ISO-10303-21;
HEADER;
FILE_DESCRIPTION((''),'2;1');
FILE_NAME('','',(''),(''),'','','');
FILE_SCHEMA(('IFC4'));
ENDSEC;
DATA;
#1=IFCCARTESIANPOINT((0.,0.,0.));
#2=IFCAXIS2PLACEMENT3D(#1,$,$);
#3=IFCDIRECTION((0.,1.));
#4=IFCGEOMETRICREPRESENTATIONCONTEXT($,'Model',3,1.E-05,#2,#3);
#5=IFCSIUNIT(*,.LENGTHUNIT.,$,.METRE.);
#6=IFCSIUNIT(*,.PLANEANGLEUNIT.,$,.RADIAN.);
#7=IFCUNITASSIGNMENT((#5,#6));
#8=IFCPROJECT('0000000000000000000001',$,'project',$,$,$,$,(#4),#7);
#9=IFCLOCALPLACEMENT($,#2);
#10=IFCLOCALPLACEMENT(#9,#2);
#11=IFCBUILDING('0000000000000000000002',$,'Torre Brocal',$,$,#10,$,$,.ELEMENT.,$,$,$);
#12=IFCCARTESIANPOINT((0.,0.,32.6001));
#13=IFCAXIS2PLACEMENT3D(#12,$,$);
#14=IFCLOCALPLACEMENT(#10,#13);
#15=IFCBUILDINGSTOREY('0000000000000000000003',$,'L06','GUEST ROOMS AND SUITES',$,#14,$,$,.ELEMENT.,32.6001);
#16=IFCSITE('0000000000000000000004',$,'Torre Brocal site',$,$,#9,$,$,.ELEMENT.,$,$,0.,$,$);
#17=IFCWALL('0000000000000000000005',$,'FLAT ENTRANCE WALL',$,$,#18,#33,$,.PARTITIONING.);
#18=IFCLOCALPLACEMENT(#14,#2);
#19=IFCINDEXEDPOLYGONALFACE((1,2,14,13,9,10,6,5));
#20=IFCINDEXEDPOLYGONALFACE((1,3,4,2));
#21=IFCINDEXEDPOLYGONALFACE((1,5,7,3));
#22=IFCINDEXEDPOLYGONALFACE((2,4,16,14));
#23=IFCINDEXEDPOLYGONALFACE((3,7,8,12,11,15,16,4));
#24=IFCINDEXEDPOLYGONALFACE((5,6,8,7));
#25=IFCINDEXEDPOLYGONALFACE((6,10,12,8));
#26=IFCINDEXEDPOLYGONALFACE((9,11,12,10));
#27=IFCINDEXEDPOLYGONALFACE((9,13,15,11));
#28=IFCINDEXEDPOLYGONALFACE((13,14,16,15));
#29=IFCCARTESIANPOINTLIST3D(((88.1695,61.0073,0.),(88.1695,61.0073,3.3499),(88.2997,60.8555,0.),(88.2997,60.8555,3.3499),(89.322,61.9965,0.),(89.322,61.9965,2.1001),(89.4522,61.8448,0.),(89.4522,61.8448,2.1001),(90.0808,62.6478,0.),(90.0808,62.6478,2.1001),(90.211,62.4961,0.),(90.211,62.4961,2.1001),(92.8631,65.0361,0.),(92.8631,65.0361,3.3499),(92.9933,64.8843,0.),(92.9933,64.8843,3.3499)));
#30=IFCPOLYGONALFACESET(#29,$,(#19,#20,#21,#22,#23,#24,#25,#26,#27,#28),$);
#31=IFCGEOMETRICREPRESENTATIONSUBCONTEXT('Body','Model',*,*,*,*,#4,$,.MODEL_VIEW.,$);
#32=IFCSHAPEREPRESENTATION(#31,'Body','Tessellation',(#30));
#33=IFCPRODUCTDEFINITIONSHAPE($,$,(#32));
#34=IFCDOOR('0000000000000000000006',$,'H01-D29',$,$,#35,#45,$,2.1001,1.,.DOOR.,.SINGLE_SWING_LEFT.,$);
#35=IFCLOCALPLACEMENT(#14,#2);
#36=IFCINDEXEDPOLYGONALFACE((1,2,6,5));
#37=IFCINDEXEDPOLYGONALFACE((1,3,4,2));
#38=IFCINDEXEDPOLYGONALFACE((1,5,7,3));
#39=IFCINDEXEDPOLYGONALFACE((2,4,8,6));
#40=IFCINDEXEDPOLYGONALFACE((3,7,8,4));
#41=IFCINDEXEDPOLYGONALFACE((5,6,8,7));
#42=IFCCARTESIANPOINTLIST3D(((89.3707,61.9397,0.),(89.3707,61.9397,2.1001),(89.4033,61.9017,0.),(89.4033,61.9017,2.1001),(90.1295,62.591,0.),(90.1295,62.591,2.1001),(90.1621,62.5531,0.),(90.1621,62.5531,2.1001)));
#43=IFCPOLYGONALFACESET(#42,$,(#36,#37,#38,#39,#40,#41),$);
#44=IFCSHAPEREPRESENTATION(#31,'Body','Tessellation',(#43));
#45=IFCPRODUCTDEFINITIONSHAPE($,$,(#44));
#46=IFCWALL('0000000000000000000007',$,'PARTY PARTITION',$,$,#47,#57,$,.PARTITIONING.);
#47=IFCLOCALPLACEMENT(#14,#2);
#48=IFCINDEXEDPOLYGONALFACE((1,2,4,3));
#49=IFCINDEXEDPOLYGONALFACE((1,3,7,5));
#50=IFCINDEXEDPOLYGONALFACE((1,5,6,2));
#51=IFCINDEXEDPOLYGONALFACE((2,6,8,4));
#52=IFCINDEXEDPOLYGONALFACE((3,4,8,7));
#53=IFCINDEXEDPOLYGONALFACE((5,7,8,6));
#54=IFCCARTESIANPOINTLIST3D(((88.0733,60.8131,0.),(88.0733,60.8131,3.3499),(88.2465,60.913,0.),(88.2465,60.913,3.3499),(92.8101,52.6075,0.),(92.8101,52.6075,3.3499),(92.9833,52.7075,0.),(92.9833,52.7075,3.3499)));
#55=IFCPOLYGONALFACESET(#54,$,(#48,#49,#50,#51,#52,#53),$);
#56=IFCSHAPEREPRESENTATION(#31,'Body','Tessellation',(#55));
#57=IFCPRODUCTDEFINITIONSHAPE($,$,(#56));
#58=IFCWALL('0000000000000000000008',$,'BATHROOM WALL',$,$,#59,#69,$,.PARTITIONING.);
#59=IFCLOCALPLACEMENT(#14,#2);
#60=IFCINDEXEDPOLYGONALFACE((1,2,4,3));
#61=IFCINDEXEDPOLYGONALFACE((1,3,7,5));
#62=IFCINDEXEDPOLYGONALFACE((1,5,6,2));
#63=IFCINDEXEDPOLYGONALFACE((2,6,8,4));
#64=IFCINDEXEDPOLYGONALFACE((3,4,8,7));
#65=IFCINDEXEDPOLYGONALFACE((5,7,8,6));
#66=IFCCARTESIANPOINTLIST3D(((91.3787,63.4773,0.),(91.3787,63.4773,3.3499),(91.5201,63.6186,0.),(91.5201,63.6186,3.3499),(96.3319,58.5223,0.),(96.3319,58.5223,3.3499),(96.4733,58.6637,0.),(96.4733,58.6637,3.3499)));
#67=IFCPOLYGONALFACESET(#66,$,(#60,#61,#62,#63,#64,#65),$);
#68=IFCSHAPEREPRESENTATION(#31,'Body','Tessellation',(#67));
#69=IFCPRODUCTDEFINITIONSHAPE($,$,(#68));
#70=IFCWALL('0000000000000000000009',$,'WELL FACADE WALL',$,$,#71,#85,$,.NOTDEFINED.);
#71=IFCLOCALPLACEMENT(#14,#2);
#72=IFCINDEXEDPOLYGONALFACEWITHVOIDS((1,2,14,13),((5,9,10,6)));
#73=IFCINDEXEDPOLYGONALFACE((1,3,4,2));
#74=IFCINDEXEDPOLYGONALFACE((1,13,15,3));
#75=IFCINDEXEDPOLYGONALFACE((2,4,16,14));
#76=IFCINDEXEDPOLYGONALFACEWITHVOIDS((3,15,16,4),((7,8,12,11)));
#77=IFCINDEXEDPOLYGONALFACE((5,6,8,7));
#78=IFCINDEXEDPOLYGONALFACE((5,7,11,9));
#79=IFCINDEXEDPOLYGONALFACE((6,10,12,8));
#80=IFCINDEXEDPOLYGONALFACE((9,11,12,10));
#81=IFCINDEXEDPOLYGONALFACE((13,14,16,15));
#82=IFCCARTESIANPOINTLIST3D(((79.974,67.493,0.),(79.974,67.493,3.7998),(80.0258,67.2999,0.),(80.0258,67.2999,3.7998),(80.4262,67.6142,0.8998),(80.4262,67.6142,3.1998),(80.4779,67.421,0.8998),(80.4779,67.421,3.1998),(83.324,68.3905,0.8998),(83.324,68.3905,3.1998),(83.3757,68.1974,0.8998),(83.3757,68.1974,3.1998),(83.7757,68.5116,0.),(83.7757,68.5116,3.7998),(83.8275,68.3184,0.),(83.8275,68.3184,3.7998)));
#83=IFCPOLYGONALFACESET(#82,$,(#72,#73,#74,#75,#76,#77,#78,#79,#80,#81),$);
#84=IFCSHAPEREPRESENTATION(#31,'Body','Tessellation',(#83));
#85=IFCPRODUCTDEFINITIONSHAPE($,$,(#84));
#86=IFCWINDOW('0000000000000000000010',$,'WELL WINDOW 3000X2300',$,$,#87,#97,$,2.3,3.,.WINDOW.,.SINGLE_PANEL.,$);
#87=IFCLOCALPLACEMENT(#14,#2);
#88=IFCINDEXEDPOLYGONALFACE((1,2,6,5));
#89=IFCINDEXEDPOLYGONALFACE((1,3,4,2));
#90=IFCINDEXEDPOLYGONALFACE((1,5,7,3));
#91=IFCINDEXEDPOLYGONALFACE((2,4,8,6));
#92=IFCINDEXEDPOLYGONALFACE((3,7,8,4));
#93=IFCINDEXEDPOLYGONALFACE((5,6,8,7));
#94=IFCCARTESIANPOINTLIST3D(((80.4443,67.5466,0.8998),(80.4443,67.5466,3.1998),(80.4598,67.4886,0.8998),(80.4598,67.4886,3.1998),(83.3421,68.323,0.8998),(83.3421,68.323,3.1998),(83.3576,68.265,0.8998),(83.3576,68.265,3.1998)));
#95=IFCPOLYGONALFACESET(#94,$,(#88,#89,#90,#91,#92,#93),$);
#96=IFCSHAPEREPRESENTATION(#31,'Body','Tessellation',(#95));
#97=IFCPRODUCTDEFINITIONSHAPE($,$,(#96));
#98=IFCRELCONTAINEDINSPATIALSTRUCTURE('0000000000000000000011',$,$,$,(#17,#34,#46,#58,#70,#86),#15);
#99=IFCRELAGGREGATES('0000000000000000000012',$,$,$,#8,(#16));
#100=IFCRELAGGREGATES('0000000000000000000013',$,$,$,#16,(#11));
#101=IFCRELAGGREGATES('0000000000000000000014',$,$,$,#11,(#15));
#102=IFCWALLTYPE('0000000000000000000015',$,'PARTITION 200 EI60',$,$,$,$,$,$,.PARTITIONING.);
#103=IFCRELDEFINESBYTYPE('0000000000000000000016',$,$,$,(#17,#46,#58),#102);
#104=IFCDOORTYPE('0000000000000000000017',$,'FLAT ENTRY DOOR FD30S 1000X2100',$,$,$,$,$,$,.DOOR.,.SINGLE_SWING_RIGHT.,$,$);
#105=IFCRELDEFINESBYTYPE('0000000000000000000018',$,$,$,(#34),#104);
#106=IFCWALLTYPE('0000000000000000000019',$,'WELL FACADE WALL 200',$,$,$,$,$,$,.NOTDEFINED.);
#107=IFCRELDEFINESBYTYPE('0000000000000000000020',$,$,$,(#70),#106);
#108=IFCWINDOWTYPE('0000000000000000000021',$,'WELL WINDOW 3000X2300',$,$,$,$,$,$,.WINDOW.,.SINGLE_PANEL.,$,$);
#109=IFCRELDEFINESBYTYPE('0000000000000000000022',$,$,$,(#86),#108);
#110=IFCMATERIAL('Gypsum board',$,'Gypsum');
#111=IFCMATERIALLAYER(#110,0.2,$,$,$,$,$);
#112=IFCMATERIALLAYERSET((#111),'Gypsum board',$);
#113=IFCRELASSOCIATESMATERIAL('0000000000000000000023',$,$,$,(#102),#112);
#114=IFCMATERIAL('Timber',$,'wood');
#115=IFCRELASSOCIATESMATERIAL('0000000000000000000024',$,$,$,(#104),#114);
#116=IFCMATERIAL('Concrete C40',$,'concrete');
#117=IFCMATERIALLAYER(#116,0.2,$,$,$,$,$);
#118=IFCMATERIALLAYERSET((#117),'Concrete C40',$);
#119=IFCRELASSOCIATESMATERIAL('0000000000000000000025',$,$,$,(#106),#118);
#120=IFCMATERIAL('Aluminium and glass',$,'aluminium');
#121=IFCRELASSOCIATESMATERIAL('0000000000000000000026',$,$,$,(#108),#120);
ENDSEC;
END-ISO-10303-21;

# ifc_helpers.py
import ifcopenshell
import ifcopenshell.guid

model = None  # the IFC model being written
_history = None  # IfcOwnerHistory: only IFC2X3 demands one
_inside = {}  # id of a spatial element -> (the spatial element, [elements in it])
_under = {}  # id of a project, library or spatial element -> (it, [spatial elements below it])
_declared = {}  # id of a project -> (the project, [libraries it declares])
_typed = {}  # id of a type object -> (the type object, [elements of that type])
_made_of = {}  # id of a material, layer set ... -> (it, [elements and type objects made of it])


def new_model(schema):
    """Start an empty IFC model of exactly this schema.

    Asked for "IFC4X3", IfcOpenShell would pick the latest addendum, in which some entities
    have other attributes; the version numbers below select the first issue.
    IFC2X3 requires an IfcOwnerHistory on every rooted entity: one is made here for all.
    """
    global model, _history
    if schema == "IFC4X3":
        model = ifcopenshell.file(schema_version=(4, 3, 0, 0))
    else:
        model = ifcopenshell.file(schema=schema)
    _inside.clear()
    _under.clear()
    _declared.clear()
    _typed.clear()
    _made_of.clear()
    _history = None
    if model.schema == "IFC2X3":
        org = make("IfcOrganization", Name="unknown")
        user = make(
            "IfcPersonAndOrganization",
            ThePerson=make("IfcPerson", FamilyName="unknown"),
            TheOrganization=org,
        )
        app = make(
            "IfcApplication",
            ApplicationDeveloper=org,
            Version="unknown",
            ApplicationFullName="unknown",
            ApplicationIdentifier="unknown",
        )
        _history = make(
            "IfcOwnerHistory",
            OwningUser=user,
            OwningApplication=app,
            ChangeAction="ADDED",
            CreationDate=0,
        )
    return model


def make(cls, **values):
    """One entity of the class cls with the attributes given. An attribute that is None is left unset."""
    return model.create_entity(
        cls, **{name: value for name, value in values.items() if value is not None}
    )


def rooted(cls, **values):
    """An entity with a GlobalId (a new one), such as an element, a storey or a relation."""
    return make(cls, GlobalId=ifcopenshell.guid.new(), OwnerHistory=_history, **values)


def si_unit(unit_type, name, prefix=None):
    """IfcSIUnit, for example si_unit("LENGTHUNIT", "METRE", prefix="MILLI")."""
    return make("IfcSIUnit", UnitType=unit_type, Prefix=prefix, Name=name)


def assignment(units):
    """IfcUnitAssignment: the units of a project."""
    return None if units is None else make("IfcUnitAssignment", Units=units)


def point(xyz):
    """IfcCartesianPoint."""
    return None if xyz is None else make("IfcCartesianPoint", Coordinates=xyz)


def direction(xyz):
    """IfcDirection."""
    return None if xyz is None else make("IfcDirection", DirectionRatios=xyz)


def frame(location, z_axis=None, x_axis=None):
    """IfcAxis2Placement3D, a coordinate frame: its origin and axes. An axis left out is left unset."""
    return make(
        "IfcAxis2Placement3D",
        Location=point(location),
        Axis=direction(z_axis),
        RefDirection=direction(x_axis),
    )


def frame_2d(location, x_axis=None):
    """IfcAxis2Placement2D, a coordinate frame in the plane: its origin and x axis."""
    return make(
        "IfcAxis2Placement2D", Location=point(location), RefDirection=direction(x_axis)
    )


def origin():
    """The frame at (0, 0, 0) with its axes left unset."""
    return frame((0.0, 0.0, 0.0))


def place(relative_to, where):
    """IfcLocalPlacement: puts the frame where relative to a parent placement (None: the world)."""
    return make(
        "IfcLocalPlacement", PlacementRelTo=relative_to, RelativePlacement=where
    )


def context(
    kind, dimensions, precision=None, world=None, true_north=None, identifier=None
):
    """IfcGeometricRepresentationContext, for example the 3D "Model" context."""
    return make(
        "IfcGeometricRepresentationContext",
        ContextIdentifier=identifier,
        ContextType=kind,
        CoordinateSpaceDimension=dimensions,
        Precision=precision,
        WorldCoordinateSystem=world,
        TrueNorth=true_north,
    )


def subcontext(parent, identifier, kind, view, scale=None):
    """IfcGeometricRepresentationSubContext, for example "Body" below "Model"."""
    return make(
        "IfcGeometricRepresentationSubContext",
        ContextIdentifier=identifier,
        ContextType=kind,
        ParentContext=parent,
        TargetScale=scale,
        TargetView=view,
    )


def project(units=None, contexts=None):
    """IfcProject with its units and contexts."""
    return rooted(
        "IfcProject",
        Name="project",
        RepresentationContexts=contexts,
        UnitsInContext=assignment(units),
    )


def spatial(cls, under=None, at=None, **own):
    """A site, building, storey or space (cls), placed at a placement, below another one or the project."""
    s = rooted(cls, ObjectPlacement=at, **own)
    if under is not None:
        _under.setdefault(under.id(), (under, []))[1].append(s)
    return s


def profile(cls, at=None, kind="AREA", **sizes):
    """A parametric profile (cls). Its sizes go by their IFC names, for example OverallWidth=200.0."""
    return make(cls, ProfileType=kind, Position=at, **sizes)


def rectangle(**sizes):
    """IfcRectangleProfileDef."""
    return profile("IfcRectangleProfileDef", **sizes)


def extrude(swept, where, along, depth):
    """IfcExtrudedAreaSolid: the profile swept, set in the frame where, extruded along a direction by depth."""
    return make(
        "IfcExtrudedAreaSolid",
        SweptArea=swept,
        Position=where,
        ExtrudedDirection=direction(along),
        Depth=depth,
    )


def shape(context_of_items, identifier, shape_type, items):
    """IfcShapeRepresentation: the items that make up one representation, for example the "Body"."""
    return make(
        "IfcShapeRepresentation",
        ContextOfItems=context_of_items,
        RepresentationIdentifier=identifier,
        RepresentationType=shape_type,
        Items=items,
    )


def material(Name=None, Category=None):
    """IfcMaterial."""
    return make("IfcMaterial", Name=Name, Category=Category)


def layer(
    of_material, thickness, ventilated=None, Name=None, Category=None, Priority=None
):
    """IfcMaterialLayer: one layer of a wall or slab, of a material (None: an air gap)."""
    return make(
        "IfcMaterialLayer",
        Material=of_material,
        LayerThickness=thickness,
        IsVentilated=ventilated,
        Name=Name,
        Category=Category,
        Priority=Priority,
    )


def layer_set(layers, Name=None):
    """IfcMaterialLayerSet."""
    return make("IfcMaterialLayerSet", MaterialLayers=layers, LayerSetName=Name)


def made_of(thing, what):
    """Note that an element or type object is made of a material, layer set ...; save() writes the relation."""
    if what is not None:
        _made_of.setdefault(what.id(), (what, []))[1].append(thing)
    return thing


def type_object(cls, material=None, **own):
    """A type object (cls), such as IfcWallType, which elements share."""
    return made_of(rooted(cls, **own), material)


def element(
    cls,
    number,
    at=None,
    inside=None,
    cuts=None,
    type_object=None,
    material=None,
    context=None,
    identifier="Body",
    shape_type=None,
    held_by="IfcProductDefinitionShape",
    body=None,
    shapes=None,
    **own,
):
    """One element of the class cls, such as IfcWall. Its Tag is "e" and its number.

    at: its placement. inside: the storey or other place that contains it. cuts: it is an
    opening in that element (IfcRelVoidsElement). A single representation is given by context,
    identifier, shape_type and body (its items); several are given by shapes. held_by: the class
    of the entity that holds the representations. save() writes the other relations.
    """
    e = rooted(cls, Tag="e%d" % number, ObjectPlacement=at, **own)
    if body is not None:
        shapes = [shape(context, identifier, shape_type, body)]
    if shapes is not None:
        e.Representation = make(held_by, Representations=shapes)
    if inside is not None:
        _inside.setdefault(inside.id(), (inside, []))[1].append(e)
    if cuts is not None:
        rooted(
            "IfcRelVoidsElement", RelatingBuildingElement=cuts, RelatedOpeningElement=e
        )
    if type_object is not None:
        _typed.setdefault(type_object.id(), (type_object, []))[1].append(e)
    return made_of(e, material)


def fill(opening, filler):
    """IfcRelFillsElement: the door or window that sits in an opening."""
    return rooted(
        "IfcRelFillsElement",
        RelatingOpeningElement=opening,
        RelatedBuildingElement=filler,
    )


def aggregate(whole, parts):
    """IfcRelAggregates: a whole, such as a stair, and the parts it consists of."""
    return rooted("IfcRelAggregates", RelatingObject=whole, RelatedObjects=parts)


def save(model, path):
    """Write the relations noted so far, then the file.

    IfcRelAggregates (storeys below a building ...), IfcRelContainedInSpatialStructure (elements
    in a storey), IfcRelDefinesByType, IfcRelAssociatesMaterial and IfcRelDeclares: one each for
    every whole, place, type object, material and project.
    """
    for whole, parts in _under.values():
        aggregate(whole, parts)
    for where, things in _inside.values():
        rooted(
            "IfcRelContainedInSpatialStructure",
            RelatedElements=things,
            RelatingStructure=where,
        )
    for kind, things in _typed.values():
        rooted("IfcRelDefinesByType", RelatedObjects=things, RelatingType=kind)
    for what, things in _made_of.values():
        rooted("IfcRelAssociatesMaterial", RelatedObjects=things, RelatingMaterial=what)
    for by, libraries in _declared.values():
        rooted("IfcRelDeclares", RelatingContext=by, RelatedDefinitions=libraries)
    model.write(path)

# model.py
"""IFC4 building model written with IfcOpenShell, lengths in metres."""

from ifc_helpers import new_model, si_unit, direction, frame, frame_2d, origin, place, context, subcontext, project, spatial, rectangle, extrude, material, layer, layer_set, type_object, element, fill, save


model = new_model("IFC4")

# Units and contexts
model_context = context("Model", 3, precision=1e-05, world=origin(), true_north=direction((0.0, 1.0)))
body_context = subcontext(model_context, "Body", "Model", "MODEL_VIEW")
ifc_project = project(units=[si_unit("LENGTHUNIT", "METRE"), si_unit("PLANEANGLEUNIT", "RADIAN")], contexts=[model_context])

# Site, building, storey
site_placement = place(None, origin())
site = spatial("IfcSite", under=ifc_project, at=site_placement, Name="Torre Brocal site", CompositionType="ELEMENT", RefElevation=0.0)
building_placement = place(site_placement, origin())
building = spatial("IfcBuilding", under=site, at=building_placement, Name="Torre Brocal", CompositionType="ELEMENT")
storey_placement = place(building_placement, frame((0.0, 0.0, 32.6001)))
storey = spatial("IfcBuildingStorey", under=building, at=storey_placement, Name="L06", Description="GUEST ROOMS AND SUITES", CompositionType="ELEMENT", Elevation=32.6001)

# Shared definitions
ifc_material_1 = material(Name="Gypsum board", Category="Gypsum")
ifc_layer_1 = layer(ifc_material_1, 0.2)
ifc_layer_set_1 = layer_set([ifc_layer_1], Name="Gypsum board")
wall_type_1 = type_object("IfcWallType", Name="PARTITION 200 EI60", PredefinedType="PARTITIONING", material=ifc_layer_set_1)

# Wall, opening, door
ifc_material_2 = material(Name="Timber", Category="wood")
door_type_1 = type_object("IfcDoorType", Name="FLAT ENTRY DOOR FD30S 1000X2100", OperationType="SINGLE_SWING_RIGHT", PredefinedType="DOOR", material=ifc_material_2)
wall_1_placement = place(storey_placement, frame((88.2346, 60.9314, 0.0), z_axis=(0.0, 0.0, 1.0), x_axis=(0.758799, 0.651324, 0.0)))
wall_1 = element("IfcWall", 1, at=wall_1_placement, inside=storey, type_object=wall_type_1, Name="FLAT ENTRANCE WALL", PredefinedType="PARTITIONING", context=body_context, shape_type="SweptSolid", body=[
    extrude(rectangle(XDim=6.1855, YDim=0.2, at=frame_2d((3.0928, 0.0))), origin(), (0.0, 0.0, 1.0), 3.3499),
])
opening_1_placement = place(wall_1_placement, frame((1.5188, 0.0, 0.0)))
opening_1 = element("IfcOpeningElement", 2, at=opening_1_placement, cuts=wall_1, PredefinedType="OPENING", context=body_context, shape_type="SweptSolid", body=[
    extrude(rectangle(XDim=1.0, YDim=2.1001, at=frame_2d((0.5, 1.05))), frame((0.0, 0.1099, 0.0), z_axis=(0.0, -1.0, 0.0), x_axis=(1.0, 0.0, 0.0)), (0.0, 0.0, 1.0), 0.22),
])
door_1_placement = place(opening_1_placement, frame((1.0, 0.0, 0.0), z_axis=(0.0, 0.0, 1.0), x_axis=(-1.0, 0.0, 0.0)))
door_1 = element("IfcDoor", 3, at=door_1_placement, inside=storey, type_object=door_type_1, Name="H01-D29", OperationType="SINGLE_SWING_LEFT", OverallHeight=2.1001, OverallWidth=1.0, PredefinedType="DOOR", context=body_context, shape_type="SweptSolid", body=[
    extrude(rectangle(XDim=1.0, YDim=2.1001, at=frame_2d((0.5, 1.05))), frame((0.0, 0.0249, 0.0), z_axis=(0.0, -1.0, 0.0), x_axis=(1.0, 0.0, 0.0)), (0.0, 0.0, 1.0), 0.05),
])
fill(opening_1, door_1)

# Walls
wall_2_placement = place(storey_placement, frame((88.1599, 60.863, 0.0), z_axis=(0.0, 0.0, 1.0), x_axis=(0.499947, -0.866056, 0.0)))
element("IfcWall", 4, at=wall_2_placement, inside=storey, type_object=wall_type_1, Name="PARTY PARTITION", PredefinedType="PARTITIONING", context=body_context, shape_type="SweptSolid", body=[
    extrude(rectangle(XDim=9.4746, YDim=0.2, at=frame_2d((4.7373, 0.0))), origin(), (0.0, 0.0, 1.0), 3.3499),
])
wall_3_placement = place(storey_placement, frame((91.4495, 63.5479, 0.0), z_axis=(0.0, 0.0, 1.0), x_axis=(0.706985, -0.707229, 0.0)))
element("IfcWall", 5, at=wall_3_placement, inside=storey, type_object=wall_type_1, Name="BATHROOM WALL", PredefinedType="PARTITIONING", context=body_context, shape_type="SweptSolid", body=[
    extrude(rectangle(XDim=7.0061, YDim=0.2, at=frame_2d((3.5029, 0.0))), origin(), (0.0, 0.0, 1.0), 3.3499),
])

# Wall, opening, window
ifc_material_3 = material(Name="Concrete C40", Category="concrete")
ifc_layer_2 = layer(ifc_material_3, 0.2)
ifc_layer_set_2 = layer_set([ifc_layer_2], Name="Concrete C40")
wall_type_2 = type_object("IfcWallType", Name="WELL FACADE WALL 200", PredefinedType="NOTDEFINED", material=ifc_layer_set_2)
wall_4_placement = place(storey_placement, frame((80.0, 67.3965, 0.0), z_axis=(0.0, 0.0, 1.0), x_axis=(0.965934, 0.25879, 0.0)))
wall_4 = element("IfcWall", 6, at=wall_4_placement, inside=storey, type_object=wall_type_2, Name="WELL FACADE WALL", PredefinedType="NOTDEFINED", context=body_context, shape_type="SweptSolid", body=[
    extrude(rectangle(XDim=3.9358, YDim=0.2, at=frame_2d((1.9678, 0.0))), origin(), (0.0, 0.0, 1.0), 3.7998),
])
opening_2_placement = place(wall_4_placement, frame((0.468, 0.0, 0.8999)))
opening_2 = element("IfcOpeningElement", 7, at=opening_2_placement, cuts=wall_4, PredefinedType="OPENING", context=body_context, shape_type="SweptSolid", body=[
    extrude(rectangle(XDim=3.0, YDim=2.3, at=frame_2d((1.5, 1.1499))), frame((0.0, 0.1099, 0.0), z_axis=(0.0, -1.0, 0.0), x_axis=(1.0, 0.0, 0.0)), (0.0, 0.0, 1.0), 0.22),
])
ifc_material_4 = material(Name="Aluminium and glass", Category="aluminium")
window_type = type_object("IfcWindowType", Name="WELL WINDOW 3000X2300", PartitioningType="SINGLE_PANEL", PredefinedType="WINDOW", material=ifc_material_4)
window_placement = place(opening_2_placement, origin())
window = element("IfcWindow", 8, at=window_placement, inside=storey, type_object=window_type, Name="WELL WINDOW 3000X2300", OverallHeight=2.3, OverallWidth=3.0, PartitioningType="SINGLE_PANEL", PredefinedType="WINDOW", context=body_context, shape_type="SweptSolid", body=[
    extrude(rectangle(XDim=3.0, YDim=2.3, at=frame_2d((1.5, 1.1499))), frame((0.0, 0.03, 0.0), z_axis=(0.0, -1.0, 0.0), x_axis=(1.0, 0.0, 0.0)), (0.0, 0.0, 1.0), 0.0601),
])
fill(opening_2, window)

save(model, "model.ifc")
